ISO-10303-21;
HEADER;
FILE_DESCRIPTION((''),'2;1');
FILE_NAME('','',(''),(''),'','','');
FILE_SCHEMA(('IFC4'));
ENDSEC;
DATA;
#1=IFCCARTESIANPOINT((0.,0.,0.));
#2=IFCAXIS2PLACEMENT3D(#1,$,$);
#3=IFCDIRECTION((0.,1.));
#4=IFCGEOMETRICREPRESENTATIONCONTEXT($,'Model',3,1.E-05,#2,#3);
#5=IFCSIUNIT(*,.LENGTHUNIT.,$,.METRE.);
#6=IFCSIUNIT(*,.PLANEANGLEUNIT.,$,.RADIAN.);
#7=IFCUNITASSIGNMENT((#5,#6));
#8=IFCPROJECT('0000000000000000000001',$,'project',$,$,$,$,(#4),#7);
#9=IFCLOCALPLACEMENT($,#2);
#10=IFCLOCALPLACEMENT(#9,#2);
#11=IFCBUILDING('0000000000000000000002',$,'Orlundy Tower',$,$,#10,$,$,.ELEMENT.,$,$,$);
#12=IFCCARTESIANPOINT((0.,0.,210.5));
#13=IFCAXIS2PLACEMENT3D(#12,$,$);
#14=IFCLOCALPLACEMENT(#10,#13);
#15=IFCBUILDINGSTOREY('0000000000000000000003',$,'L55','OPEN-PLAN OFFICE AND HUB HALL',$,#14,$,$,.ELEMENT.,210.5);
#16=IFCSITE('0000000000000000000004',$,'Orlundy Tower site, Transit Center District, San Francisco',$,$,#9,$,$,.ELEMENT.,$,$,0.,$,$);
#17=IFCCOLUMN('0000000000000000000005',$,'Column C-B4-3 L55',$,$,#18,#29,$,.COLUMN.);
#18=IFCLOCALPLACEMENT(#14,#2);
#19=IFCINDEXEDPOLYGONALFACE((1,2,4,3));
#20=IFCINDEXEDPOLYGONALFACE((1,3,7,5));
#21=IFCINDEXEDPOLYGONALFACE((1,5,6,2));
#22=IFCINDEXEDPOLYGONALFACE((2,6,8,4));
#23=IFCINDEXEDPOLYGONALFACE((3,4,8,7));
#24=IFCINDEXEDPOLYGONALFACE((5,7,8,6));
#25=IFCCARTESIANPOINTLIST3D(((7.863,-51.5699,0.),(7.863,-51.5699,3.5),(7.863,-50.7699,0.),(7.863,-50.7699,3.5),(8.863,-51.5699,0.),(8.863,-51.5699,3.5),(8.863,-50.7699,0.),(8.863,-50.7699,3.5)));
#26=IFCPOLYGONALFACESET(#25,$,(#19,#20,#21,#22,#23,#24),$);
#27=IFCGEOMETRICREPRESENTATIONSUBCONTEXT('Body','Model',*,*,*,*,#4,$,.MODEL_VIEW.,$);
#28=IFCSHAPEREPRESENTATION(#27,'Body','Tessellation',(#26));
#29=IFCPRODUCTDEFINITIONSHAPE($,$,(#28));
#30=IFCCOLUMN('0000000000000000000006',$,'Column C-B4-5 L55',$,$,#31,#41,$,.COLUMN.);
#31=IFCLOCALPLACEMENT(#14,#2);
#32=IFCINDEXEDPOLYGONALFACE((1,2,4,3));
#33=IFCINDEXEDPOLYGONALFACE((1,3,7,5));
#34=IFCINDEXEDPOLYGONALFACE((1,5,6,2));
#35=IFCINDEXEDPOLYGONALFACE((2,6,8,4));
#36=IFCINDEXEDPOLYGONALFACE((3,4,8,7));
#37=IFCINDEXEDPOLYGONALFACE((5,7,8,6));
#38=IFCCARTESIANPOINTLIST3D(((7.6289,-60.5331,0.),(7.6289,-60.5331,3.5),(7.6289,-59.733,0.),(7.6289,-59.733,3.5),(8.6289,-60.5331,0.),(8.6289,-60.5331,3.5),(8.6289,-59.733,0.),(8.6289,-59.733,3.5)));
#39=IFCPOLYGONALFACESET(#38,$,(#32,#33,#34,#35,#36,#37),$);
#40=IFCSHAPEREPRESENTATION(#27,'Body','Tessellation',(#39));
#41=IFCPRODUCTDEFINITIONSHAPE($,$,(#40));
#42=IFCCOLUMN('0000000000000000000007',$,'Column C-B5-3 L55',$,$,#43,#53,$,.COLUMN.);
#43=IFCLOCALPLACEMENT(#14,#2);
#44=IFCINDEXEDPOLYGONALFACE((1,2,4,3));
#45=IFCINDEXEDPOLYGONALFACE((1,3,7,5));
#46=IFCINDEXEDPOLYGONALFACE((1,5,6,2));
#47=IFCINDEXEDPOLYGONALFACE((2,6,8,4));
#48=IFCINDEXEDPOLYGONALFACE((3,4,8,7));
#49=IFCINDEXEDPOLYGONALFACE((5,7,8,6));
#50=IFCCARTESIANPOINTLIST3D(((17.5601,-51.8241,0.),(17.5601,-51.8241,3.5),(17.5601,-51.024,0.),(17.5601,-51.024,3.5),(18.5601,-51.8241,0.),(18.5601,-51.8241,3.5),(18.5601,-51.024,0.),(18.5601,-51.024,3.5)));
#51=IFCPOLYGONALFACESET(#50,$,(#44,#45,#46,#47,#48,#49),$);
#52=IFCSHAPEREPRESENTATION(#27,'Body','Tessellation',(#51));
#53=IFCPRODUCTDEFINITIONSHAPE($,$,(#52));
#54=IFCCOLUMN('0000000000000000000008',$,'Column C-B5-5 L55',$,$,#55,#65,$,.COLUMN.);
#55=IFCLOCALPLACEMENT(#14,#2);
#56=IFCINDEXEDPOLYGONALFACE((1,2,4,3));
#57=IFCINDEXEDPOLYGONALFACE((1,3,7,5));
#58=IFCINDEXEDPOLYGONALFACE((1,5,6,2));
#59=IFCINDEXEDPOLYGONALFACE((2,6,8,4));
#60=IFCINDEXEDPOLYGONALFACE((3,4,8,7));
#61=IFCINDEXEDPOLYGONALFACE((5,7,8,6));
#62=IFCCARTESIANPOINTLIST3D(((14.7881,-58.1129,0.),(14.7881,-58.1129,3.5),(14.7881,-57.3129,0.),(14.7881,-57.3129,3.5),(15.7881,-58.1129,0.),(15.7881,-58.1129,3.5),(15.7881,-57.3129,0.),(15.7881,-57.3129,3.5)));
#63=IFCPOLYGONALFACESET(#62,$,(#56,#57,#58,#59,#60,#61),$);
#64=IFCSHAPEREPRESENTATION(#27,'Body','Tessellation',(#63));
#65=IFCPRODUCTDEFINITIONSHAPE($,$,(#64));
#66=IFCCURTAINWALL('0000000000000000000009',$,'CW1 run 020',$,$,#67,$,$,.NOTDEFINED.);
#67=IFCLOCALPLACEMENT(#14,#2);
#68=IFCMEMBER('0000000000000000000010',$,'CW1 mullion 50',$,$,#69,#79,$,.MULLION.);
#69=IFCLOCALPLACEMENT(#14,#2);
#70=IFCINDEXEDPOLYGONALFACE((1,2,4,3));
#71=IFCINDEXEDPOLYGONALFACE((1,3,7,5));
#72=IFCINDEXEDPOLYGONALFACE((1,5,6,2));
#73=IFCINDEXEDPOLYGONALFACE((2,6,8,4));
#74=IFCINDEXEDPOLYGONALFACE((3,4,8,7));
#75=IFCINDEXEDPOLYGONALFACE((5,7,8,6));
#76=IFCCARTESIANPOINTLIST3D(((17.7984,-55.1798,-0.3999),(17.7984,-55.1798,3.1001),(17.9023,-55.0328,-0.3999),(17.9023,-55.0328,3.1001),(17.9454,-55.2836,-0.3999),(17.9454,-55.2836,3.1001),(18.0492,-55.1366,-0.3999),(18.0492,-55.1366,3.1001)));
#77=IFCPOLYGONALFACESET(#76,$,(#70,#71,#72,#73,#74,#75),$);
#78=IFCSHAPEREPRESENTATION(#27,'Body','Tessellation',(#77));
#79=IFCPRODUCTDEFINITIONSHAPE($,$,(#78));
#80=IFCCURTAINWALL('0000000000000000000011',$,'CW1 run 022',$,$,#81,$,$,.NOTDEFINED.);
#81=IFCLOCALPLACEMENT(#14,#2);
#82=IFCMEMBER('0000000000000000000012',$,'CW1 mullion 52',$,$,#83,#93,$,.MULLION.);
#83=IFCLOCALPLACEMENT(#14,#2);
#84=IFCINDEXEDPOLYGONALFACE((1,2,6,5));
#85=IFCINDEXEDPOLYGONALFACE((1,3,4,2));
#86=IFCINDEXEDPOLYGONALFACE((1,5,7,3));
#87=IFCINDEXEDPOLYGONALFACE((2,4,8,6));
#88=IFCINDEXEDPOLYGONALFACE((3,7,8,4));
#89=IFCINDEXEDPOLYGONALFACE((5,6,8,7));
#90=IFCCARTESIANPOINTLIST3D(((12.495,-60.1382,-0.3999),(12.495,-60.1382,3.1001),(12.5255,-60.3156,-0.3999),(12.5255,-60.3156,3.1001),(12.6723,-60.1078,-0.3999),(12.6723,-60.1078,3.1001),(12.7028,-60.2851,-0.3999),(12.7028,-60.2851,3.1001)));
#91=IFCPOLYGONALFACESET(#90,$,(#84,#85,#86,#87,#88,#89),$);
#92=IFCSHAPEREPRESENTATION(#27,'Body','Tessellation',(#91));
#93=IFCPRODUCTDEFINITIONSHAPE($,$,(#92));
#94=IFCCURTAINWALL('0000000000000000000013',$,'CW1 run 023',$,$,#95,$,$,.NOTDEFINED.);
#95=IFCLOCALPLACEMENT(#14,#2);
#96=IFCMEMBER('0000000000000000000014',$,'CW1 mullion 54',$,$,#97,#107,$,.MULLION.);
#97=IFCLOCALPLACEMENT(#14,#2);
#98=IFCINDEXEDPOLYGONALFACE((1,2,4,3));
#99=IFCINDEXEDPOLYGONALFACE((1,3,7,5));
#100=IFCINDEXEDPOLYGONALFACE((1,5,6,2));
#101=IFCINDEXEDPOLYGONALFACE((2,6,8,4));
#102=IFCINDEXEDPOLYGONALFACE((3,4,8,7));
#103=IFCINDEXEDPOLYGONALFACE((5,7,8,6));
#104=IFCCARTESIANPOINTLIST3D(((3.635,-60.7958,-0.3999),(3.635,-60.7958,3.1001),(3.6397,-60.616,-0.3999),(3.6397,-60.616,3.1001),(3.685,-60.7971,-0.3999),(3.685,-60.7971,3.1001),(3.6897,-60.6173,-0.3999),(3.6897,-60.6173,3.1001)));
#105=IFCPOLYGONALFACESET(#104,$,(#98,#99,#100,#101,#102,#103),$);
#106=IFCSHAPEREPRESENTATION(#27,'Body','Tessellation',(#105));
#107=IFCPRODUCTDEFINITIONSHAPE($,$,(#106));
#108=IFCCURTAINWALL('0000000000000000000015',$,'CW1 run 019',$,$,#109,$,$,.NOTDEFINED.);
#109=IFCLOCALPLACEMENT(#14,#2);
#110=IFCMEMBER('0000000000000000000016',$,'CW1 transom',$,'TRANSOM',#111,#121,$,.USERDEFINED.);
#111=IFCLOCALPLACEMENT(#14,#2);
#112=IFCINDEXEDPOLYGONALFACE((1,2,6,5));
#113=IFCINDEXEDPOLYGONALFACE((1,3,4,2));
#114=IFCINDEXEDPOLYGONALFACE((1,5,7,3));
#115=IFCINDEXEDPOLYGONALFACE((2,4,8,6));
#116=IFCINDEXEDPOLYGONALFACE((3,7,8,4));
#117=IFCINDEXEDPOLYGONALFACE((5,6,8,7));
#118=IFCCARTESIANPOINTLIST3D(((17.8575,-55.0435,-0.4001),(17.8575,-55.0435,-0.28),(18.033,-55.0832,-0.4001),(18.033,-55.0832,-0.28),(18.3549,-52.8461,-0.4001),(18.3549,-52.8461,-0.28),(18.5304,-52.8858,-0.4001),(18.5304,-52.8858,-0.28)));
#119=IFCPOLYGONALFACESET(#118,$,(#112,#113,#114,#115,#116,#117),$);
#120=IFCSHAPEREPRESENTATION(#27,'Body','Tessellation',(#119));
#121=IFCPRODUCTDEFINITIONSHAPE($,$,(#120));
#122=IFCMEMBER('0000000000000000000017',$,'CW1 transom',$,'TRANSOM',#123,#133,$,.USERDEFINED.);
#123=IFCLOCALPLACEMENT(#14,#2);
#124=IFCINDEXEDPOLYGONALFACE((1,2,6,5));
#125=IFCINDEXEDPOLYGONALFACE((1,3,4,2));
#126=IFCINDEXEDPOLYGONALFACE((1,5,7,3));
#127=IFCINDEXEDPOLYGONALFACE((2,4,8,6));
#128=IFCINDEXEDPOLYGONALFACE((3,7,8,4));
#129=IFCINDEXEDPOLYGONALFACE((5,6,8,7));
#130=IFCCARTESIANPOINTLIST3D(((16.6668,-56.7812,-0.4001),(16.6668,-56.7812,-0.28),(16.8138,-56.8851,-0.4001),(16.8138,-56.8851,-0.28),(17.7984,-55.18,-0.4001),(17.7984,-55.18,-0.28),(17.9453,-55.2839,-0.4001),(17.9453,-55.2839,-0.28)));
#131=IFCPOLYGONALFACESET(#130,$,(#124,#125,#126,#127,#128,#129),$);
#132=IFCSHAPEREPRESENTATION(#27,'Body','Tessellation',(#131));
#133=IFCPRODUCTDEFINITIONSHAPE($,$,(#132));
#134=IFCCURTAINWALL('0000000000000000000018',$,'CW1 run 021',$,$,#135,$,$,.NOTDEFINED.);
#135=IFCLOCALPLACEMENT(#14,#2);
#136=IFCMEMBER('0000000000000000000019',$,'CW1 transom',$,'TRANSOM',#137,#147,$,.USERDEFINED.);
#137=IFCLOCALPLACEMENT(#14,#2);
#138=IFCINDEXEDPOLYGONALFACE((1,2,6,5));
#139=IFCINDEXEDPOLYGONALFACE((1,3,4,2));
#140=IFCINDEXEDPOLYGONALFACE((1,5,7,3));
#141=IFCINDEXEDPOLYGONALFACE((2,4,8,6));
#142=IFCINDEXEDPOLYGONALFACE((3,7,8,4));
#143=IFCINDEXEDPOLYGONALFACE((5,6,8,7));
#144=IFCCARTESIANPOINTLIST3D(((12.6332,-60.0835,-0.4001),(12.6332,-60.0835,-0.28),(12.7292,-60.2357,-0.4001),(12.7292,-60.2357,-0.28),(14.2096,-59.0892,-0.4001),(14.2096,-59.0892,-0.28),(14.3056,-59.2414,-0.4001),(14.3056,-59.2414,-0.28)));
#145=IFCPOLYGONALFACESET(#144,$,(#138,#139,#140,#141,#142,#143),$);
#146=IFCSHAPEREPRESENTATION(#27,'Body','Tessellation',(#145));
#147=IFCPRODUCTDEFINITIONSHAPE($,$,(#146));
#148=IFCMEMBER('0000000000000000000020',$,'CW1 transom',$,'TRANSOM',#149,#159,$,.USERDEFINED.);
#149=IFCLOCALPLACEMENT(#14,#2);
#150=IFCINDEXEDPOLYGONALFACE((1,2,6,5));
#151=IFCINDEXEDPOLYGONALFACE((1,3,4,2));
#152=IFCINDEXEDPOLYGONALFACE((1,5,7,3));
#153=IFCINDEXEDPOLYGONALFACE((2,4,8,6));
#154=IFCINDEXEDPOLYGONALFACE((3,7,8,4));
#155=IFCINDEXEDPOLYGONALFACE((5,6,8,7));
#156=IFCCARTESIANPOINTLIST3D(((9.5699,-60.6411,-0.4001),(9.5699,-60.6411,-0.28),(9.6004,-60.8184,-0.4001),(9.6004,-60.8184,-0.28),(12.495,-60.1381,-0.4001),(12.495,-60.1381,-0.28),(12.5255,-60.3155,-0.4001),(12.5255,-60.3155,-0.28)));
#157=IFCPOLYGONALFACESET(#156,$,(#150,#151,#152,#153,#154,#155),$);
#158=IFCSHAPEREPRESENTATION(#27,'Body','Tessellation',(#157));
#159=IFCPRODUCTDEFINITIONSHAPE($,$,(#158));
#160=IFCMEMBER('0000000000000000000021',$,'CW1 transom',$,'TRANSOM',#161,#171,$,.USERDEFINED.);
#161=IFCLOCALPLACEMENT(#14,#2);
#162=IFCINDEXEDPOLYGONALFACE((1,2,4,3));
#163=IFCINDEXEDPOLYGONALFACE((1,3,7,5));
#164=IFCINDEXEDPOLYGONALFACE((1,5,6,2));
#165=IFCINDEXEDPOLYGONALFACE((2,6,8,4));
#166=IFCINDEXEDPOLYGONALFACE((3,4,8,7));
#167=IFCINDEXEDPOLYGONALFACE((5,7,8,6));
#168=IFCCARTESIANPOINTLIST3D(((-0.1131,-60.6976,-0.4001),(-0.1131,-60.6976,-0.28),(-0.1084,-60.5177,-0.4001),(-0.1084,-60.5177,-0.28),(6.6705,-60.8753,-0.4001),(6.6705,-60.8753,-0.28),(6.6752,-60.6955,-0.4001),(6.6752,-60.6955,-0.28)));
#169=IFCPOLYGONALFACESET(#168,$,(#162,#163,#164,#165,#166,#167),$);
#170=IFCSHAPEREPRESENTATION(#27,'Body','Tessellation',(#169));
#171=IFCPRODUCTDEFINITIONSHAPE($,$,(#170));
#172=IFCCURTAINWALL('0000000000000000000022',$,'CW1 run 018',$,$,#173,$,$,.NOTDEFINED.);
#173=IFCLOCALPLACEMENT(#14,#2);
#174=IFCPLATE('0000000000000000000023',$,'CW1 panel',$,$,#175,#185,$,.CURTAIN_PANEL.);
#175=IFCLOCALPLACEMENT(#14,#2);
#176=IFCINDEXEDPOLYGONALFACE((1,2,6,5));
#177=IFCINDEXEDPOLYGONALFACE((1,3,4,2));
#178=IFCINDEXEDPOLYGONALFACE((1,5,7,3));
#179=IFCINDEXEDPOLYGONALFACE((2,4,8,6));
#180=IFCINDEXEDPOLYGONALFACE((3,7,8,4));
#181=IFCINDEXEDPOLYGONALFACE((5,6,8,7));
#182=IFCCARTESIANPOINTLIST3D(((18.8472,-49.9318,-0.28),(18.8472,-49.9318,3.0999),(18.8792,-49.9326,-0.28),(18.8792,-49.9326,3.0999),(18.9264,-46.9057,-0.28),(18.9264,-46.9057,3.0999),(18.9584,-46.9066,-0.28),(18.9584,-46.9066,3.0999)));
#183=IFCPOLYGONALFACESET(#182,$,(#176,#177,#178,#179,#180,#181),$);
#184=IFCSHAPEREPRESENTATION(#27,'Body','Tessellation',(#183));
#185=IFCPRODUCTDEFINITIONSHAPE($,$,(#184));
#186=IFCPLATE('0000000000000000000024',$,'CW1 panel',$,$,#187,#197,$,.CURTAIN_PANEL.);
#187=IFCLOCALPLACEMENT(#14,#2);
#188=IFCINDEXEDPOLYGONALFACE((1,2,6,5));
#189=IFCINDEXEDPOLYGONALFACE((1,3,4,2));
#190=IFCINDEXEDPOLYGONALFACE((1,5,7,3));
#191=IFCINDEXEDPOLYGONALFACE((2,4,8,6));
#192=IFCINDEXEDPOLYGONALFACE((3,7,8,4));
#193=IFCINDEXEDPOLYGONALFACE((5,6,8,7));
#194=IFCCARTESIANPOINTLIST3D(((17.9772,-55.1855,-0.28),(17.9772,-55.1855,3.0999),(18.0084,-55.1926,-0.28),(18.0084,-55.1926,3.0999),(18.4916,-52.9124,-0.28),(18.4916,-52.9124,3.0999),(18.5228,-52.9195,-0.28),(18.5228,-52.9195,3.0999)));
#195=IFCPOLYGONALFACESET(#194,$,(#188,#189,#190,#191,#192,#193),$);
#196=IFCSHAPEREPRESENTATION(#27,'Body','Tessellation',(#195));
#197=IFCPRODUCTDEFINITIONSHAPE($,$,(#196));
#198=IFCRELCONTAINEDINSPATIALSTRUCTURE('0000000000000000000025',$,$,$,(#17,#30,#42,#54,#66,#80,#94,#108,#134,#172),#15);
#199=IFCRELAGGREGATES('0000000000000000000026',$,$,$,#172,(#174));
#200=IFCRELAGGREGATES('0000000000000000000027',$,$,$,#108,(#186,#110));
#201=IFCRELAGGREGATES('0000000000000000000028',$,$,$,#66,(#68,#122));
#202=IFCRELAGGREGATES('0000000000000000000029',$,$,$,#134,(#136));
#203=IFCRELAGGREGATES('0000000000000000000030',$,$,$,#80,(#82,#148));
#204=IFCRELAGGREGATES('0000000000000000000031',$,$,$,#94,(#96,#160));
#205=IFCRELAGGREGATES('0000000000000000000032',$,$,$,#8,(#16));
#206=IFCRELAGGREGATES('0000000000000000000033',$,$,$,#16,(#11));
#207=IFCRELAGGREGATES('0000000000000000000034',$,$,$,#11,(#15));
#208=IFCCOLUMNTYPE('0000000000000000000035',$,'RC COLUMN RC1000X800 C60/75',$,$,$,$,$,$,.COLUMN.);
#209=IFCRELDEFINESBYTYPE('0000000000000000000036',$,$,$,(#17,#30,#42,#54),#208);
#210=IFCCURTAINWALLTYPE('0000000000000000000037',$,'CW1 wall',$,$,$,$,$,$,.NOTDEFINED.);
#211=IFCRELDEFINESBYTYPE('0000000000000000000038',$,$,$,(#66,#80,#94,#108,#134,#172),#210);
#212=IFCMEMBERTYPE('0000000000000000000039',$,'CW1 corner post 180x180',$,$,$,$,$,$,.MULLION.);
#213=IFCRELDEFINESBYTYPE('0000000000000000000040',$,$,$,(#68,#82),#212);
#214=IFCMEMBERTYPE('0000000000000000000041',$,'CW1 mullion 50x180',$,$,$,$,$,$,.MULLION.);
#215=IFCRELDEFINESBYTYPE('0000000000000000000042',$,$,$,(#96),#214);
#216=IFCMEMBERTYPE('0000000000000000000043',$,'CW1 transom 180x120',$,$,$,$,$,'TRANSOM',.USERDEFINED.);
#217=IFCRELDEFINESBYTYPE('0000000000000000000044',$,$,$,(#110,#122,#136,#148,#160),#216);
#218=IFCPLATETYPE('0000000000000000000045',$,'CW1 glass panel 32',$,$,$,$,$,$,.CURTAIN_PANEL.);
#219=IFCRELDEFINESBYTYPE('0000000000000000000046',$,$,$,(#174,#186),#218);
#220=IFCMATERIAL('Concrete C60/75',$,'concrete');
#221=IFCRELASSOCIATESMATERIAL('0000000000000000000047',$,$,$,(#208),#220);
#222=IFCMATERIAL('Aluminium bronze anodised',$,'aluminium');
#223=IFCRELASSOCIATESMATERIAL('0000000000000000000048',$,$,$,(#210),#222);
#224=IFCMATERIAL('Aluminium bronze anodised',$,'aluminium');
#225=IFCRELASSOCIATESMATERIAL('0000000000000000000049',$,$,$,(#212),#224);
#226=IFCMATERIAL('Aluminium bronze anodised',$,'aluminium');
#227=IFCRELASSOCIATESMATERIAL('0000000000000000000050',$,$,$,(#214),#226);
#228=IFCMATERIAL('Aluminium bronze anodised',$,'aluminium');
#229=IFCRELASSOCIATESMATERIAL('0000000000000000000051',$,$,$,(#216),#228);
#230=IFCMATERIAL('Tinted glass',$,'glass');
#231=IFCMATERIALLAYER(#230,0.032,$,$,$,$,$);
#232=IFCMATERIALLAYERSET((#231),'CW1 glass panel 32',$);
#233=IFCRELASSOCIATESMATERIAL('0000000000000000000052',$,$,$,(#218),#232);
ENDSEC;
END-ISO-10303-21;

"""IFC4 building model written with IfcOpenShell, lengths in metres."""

from ifc_helpers import new_model, si_unit, direction, frame, origin, origin_2d, place, context, subcontext, project, spatial, rectangle, extrude, material, layer, layer_set, material_profile, profile_set, type_object, element, aggregate, save


model = new_model("IFC4")

# Units and contexts
model_context = context("Model", 3, precision=1e-05, world=origin(), true_north=direction((0.0, 1.0)))
body_context = subcontext(model_context, "Body", "Model", "MODEL_VIEW")
ifc_project = project(units=[si_unit("LENGTHUNIT", "METRE"), si_unit("PLANEANGLEUNIT", "RADIAN")], contexts=[model_context])

# Site, building, storey
site_placement = place(None, origin())
site = spatial("IfcSite", under=ifc_project, at=site_placement, Name="Orlundy Tower site, Transit Center District, San Francisco", CompositionType="ELEMENT", RefElevation=0.0)
building_placement = place(site_placement, origin())
building = spatial("IfcBuilding", under=site, at=building_placement, Name="Orlundy Tower", CompositionType="ELEMENT")
storey_placement = place(building_placement, frame((0.0, 0.0, 210.5)))
storey = spatial("IfcBuildingStorey", under=building, at=storey_placement, Name="L55", Description="OPEN-PLAN OFFICE AND HUB HALL", CompositionType="ELEMENT", Elevation=210.5)

# Columns
ifc_material_1 = material(Name="Concrete C60/75", Category="concrete")
ifc_material_profile_1 = material_profile(ifc_material_1, rectangle(XDim=1.0, YDim=0.8, at=origin_2d()), Name="RC1000X800")
ifc_profile_set_1 = profile_set([ifc_material_profile_1], Name="Concrete C60/75")
column_type = type_object("IfcColumnType", Name="RC COLUMN RC1000X800 C60/75", PredefinedType="COLUMN", material=ifc_profile_set_1)
for number, where, z_axis, x_axis, name in (
    (1, (8.363, -51.1699, 0.0), (0.0, 0.0, 1.0), (1.0, 0.0, 0.0), "Column C-B4-3 L55"),
    (2, (8.1289, -60.1331, 0.0), (0.0, 0.0, 1.0), (1.0, 0.0, 0.0), "Column C-B4-5 L55"),
    (3, (18.0601, -51.4241, 0.0), (0.0, 0.0, 1.0), (1.0, 0.0, 0.0), "Column C-B5-3 L55"),
    (4, (15.2881, -57.7129, 0.0), (0.0, 0.0, 1.0), (1.0, 0.0, 0.0), "Column C-B5-5 L55"),
):
    element("IfcColumn", number, at=place(storey_placement, frame(where, z_axis=z_axis, x_axis=x_axis)), inside=storey, type_object=column_type, Name=name, PredefinedType="COLUMN", context=body_context, shape_type="SweptSolid", body=[
        extrude(rectangle(XDim=1.0, YDim=0.8, at=origin_2d()), origin(), (0.0, 0.0, 1.0), 3.5),
    ])

# Curtain walls, members
ifc_material_2 = material(Name="Aluminium bronze anodised", Category="aluminium")
curtain_wall_type = type_object("IfcCurtainWallType", Name="CW1 wall", PredefinedType="NOTDEFINED", material=ifc_material_2)
curtain_wall_1_placement = place(storey_placement, origin())
curtain_wall_1 = element("IfcCurtainWall", 5, at=curtain_wall_1_placement, inside=storey, type_object=curtain_wall_type, Name="CW1 run 020", PredefinedType="NOTDEFINED")
ifc_material_3 = material(Name="Aluminium bronze anodised", Category="aluminium")
ifc_material_profile_2 = material_profile(ifc_material_3, rectangle(XDim=0.1799, YDim=0.1799, at=origin_2d()), Name="CW1 corner post 180x180")
ifc_profile_set_2 = profile_set([ifc_material_profile_2], Name="Aluminium bronze anodised")
member_type_1 = type_object("IfcMemberType", Name="CW1 corner post 180x180", PredefinedType="MULLION", material=ifc_profile_set_2)
member_1_placement = place(storey_placement, frame((17.9238, -55.1582, -0.3999), z_axis=(0.0, 0.0, 1.0), x_axis=(0.816676, -0.577096, 0.0)))
member_1 = element("IfcMember", 6, at=member_1_placement, type_object=member_type_1, Name="CW1 mullion 50", PredefinedType="MULLION", context=body_context, shape_type="SweptSolid", body=[
    extrude(rectangle(XDim=0.1799, YDim=0.1799, at=origin_2d()), origin(), (0.0, 0.0, 1.0), 3.5),
])
curtain_wall_2_placement = place(storey_placement, origin())
curtain_wall_2 = element("IfcCurtainWall", 7, at=curtain_wall_2_placement, inside=storey, type_object=curtain_wall_type, Name="CW1 run 022", PredefinedType="NOTDEFINED")
member_2_placement = place(storey_placement, frame((12.5989, -60.2117, -0.3999), z_axis=(0.0, 0.0, 1.0), x_axis=(0.169428, -0.985543, 0.0)))
member_2 = element("IfcMember", 8, at=member_2_placement, type_object=member_type_1, Name="CW1 mullion 52", PredefinedType="MULLION", context=body_context, shape_type="SweptSolid", body=[
    extrude(rectangle(XDim=0.1799, YDim=0.1799, at=origin_2d()), origin(), (0.0, 0.0, 1.0), 3.5),
])
curtain_wall_3_placement = place(storey_placement, origin())
curtain_wall_3 = element("IfcCurtainWall", 9, at=curtain_wall_3_placement, inside=storey, type_object=curtain_wall_type, Name="CW1 run 023", PredefinedType="NOTDEFINED")
ifc_material_4 = material(Name="Aluminium bronze anodised", Category="aluminium")
ifc_material_profile_3 = material_profile(ifc_material_4, rectangle(XDim=0.1799, YDim=0.05, at=origin_2d()), Name="CW1 mullion 50x180")
ifc_profile_set_3 = profile_set([ifc_material_profile_3], Name="Aluminium bronze anodised")
member_type_2 = type_object("IfcMemberType", Name="CW1 mullion 50x180", PredefinedType="MULLION", material=ifc_profile_set_3)
member_3_placement = place(storey_placement, frame((3.6624, -60.7065, -0.3999), z_axis=(0.0, 0.0, 1.0), x_axis=(-0.02619, -0.999657, 0.0)))
member_3 = element("IfcMember", 10, at=member_3_placement, type_object=member_type_2, Name="CW1 mullion 54", PredefinedType="MULLION", context=body_context, shape_type="SweptSolid", body=[
    extrude(rectangle(XDim=0.1799, YDim=0.05, at=origin_2d()), origin(), (0.0, 0.0, 1.0), 3.5),
])
curtain_wall_4_placement = place(storey_placement, origin())
curtain_wall_4 = element("IfcCurtainWall", 11, at=curtain_wall_4_placement, inside=storey, type_object=curtain_wall_type, Name="CW1 run 019", PredefinedType="NOTDEFINED")
ifc_material_5 = material(Name="Aluminium bronze anodised", Category="aluminium")
ifc_material_profile_4 = material_profile(ifc_material_5, rectangle(XDim=0.1799, YDim=0.1201, at=origin_2d()), Name="CW1 transom 180x120")
ifc_profile_set_4 = profile_set([ifc_material_profile_4], Name="Aluminium bronze anodised")
member_type_3 = type_object("IfcMemberType", Name="CW1 transom 180x120", ElementType="TRANSOM", PredefinedType="USERDEFINED", material=ifc_profile_set_4)
member_4_placement = place(storey_placement, frame((18.4426, -52.866, -0.3401), z_axis=(-0.22075, -0.97533, 0.0), x_axis=(0.97533, -0.22075, 0.0)))
member_4 = element("IfcMember", 12, at=member_4_placement, type_object=member_type_3, Name="CW1 transom", ObjectType="TRANSOM", PredefinedType="USERDEFINED", context=body_context, shape_type="SweptSolid", body=[
    extrude(rectangle(XDim=0.1799, YDim=0.1201, at=origin_2d()), origin(), (0.0, 0.0, 1.0), 2.2529),
])

# Member
member_5_placement = place(storey_placement, frame((17.8718, -55.2319, -0.3401), z_axis=(-0.577108, -0.816668, 0.0), x_axis=(0.816668, -0.577108, 0.0)))
member_5 = element("IfcMember", 13, at=member_5_placement, type_object=member_type_3, Name="CW1 transom", ObjectType="TRANSOM", PredefinedType="USERDEFINED", context=body_context, shape_type="SweptSolid", body=[
    extrude(rectangle(XDim=0.1799, YDim=0.1201, at=origin_2d()), origin(), (0.0, 0.0, 1.0), 1.9607),
])

# Curtain wall, member
curtain_wall_5_placement = place(storey_placement, origin())
curtain_wall_5 = element("IfcCurtainWall", 14, at=curtain_wall_5_placement, inside=storey, type_object=curtain_wall_type, Name="CW1 run 021", PredefinedType="NOTDEFINED")
member_6_placement = place(storey_placement, frame((14.2576, -59.1653, -0.3401), z_axis=(-0.845791, -0.533515, 0.0), x_axis=(0.533515, -0.845791, 0.0)))
member_6 = element("IfcMember", 15, at=member_6_placement, type_object=member_type_3, Name="CW1 transom", ObjectType="TRANSOM", PredefinedType="USERDEFINED", context=body_context, shape_type="SweptSolid", body=[
    extrude(rectangle(XDim=0.1799, YDim=0.1201, at=origin_2d()), origin(), (0.0, 0.0, 1.0), 1.8638),
])

# Members
member_7_placement = place(storey_placement, frame((12.5103, -60.2268, -0.3401), z_axis=(-0.985538, -0.169452, 0.0), x_axis=(0.169452, -0.985538, 0.0)))
member_7 = element("IfcMember", 16, at=member_7_placement, type_object=member_type_3, Name="CW1 transom", ObjectType="TRANSOM", PredefinedType="USERDEFINED", context=body_context, shape_type="SweptSolid", body=[
    extrude(rectangle(XDim=0.1799, YDim=0.1201, at=origin_2d()), origin(), (0.0, 0.0, 1.0), 2.968),
])
member_8_placement = place(storey_placement, frame((6.6729, -60.7854, -0.3401), z_axis=(-0.999657, 0.026192, 0.0), x_axis=(-0.026192, -0.999657, 0.0)))
member_8 = element("IfcMember", 17, at=member_8_placement, type_object=member_type_3, Name="CW1 transom", ObjectType="TRANSOM", PredefinedType="USERDEFINED", context=body_context, shape_type="SweptSolid", body=[
    extrude(rectangle(XDim=0.1799, YDim=0.1201, at=origin_2d()), origin(), (0.0, 0.0, 1.0), 6.7859),
])

# Curtain wall, plate
curtain_wall_6_placement = place(storey_placement, origin())
curtain_wall_6 = element("IfcCurtainWall", 18, at=curtain_wall_6_placement, inside=storey, type_object=curtain_wall_type, Name="CW1 run 018", PredefinedType="NOTDEFINED")
ifc_material_6 = material(Name="Tinted glass", Category="glass")
ifc_layer = layer(ifc_material_6, 0.032)
ifc_layer_set = layer_set([ifc_layer], Name="CW1 glass panel 32")
plate_type = type_object("IfcPlateType", Name="CW1 glass panel 32", PredefinedType="CURTAIN_PANEL", material=ifc_layer_set)
plate_1_placement = place(storey_placement, frame((18.9028, -48.4192, -0.28), z_axis=(0.0, 0.0, 1.0), x_axis=(-0.026166, -0.999658, 0.0)))
plate_1 = element("IfcPlate", 19, at=plate_1_placement, type_object=plate_type, Name="CW1 panel", PredefinedType="CURTAIN_PANEL", context=body_context, shape_type="SweptSolid", body=[
    extrude(rectangle(XDim=3.0271, YDim=0.032, at=origin_2d()), origin(), (0.0, 0.0, 1.0), 3.3799),
])
aggregate(curtain_wall_6, [plate_1])

# Plate
plate_2_placement = place(storey_placement, frame((18.25, -54.0525, -0.28), z_axis=(0.0, 0.0, 1.0), x_axis=(-0.2207, -0.975342, 0.0)))
plate_2 = element("IfcPlate", 20, at=plate_2_placement, type_object=plate_type, Name="CW1 panel", PredefinedType="CURTAIN_PANEL", context=body_context, shape_type="SweptSolid", body=[
    extrude(rectangle(XDim=2.3306, YDim=0.032, at=origin_2d()), origin(), (0.0, 0.0, 1.0), 3.3799),
])
aggregate(curtain_wall_4, [plate_2, member_4])
aggregate(curtain_wall_1, [member_1, member_5])
aggregate(curtain_wall_5, [member_6])
aggregate(curtain_wall_2, [member_2, member_7])
aggregate(curtain_wall_3, [member_3, member_8])

save(model, "model.ifc")
